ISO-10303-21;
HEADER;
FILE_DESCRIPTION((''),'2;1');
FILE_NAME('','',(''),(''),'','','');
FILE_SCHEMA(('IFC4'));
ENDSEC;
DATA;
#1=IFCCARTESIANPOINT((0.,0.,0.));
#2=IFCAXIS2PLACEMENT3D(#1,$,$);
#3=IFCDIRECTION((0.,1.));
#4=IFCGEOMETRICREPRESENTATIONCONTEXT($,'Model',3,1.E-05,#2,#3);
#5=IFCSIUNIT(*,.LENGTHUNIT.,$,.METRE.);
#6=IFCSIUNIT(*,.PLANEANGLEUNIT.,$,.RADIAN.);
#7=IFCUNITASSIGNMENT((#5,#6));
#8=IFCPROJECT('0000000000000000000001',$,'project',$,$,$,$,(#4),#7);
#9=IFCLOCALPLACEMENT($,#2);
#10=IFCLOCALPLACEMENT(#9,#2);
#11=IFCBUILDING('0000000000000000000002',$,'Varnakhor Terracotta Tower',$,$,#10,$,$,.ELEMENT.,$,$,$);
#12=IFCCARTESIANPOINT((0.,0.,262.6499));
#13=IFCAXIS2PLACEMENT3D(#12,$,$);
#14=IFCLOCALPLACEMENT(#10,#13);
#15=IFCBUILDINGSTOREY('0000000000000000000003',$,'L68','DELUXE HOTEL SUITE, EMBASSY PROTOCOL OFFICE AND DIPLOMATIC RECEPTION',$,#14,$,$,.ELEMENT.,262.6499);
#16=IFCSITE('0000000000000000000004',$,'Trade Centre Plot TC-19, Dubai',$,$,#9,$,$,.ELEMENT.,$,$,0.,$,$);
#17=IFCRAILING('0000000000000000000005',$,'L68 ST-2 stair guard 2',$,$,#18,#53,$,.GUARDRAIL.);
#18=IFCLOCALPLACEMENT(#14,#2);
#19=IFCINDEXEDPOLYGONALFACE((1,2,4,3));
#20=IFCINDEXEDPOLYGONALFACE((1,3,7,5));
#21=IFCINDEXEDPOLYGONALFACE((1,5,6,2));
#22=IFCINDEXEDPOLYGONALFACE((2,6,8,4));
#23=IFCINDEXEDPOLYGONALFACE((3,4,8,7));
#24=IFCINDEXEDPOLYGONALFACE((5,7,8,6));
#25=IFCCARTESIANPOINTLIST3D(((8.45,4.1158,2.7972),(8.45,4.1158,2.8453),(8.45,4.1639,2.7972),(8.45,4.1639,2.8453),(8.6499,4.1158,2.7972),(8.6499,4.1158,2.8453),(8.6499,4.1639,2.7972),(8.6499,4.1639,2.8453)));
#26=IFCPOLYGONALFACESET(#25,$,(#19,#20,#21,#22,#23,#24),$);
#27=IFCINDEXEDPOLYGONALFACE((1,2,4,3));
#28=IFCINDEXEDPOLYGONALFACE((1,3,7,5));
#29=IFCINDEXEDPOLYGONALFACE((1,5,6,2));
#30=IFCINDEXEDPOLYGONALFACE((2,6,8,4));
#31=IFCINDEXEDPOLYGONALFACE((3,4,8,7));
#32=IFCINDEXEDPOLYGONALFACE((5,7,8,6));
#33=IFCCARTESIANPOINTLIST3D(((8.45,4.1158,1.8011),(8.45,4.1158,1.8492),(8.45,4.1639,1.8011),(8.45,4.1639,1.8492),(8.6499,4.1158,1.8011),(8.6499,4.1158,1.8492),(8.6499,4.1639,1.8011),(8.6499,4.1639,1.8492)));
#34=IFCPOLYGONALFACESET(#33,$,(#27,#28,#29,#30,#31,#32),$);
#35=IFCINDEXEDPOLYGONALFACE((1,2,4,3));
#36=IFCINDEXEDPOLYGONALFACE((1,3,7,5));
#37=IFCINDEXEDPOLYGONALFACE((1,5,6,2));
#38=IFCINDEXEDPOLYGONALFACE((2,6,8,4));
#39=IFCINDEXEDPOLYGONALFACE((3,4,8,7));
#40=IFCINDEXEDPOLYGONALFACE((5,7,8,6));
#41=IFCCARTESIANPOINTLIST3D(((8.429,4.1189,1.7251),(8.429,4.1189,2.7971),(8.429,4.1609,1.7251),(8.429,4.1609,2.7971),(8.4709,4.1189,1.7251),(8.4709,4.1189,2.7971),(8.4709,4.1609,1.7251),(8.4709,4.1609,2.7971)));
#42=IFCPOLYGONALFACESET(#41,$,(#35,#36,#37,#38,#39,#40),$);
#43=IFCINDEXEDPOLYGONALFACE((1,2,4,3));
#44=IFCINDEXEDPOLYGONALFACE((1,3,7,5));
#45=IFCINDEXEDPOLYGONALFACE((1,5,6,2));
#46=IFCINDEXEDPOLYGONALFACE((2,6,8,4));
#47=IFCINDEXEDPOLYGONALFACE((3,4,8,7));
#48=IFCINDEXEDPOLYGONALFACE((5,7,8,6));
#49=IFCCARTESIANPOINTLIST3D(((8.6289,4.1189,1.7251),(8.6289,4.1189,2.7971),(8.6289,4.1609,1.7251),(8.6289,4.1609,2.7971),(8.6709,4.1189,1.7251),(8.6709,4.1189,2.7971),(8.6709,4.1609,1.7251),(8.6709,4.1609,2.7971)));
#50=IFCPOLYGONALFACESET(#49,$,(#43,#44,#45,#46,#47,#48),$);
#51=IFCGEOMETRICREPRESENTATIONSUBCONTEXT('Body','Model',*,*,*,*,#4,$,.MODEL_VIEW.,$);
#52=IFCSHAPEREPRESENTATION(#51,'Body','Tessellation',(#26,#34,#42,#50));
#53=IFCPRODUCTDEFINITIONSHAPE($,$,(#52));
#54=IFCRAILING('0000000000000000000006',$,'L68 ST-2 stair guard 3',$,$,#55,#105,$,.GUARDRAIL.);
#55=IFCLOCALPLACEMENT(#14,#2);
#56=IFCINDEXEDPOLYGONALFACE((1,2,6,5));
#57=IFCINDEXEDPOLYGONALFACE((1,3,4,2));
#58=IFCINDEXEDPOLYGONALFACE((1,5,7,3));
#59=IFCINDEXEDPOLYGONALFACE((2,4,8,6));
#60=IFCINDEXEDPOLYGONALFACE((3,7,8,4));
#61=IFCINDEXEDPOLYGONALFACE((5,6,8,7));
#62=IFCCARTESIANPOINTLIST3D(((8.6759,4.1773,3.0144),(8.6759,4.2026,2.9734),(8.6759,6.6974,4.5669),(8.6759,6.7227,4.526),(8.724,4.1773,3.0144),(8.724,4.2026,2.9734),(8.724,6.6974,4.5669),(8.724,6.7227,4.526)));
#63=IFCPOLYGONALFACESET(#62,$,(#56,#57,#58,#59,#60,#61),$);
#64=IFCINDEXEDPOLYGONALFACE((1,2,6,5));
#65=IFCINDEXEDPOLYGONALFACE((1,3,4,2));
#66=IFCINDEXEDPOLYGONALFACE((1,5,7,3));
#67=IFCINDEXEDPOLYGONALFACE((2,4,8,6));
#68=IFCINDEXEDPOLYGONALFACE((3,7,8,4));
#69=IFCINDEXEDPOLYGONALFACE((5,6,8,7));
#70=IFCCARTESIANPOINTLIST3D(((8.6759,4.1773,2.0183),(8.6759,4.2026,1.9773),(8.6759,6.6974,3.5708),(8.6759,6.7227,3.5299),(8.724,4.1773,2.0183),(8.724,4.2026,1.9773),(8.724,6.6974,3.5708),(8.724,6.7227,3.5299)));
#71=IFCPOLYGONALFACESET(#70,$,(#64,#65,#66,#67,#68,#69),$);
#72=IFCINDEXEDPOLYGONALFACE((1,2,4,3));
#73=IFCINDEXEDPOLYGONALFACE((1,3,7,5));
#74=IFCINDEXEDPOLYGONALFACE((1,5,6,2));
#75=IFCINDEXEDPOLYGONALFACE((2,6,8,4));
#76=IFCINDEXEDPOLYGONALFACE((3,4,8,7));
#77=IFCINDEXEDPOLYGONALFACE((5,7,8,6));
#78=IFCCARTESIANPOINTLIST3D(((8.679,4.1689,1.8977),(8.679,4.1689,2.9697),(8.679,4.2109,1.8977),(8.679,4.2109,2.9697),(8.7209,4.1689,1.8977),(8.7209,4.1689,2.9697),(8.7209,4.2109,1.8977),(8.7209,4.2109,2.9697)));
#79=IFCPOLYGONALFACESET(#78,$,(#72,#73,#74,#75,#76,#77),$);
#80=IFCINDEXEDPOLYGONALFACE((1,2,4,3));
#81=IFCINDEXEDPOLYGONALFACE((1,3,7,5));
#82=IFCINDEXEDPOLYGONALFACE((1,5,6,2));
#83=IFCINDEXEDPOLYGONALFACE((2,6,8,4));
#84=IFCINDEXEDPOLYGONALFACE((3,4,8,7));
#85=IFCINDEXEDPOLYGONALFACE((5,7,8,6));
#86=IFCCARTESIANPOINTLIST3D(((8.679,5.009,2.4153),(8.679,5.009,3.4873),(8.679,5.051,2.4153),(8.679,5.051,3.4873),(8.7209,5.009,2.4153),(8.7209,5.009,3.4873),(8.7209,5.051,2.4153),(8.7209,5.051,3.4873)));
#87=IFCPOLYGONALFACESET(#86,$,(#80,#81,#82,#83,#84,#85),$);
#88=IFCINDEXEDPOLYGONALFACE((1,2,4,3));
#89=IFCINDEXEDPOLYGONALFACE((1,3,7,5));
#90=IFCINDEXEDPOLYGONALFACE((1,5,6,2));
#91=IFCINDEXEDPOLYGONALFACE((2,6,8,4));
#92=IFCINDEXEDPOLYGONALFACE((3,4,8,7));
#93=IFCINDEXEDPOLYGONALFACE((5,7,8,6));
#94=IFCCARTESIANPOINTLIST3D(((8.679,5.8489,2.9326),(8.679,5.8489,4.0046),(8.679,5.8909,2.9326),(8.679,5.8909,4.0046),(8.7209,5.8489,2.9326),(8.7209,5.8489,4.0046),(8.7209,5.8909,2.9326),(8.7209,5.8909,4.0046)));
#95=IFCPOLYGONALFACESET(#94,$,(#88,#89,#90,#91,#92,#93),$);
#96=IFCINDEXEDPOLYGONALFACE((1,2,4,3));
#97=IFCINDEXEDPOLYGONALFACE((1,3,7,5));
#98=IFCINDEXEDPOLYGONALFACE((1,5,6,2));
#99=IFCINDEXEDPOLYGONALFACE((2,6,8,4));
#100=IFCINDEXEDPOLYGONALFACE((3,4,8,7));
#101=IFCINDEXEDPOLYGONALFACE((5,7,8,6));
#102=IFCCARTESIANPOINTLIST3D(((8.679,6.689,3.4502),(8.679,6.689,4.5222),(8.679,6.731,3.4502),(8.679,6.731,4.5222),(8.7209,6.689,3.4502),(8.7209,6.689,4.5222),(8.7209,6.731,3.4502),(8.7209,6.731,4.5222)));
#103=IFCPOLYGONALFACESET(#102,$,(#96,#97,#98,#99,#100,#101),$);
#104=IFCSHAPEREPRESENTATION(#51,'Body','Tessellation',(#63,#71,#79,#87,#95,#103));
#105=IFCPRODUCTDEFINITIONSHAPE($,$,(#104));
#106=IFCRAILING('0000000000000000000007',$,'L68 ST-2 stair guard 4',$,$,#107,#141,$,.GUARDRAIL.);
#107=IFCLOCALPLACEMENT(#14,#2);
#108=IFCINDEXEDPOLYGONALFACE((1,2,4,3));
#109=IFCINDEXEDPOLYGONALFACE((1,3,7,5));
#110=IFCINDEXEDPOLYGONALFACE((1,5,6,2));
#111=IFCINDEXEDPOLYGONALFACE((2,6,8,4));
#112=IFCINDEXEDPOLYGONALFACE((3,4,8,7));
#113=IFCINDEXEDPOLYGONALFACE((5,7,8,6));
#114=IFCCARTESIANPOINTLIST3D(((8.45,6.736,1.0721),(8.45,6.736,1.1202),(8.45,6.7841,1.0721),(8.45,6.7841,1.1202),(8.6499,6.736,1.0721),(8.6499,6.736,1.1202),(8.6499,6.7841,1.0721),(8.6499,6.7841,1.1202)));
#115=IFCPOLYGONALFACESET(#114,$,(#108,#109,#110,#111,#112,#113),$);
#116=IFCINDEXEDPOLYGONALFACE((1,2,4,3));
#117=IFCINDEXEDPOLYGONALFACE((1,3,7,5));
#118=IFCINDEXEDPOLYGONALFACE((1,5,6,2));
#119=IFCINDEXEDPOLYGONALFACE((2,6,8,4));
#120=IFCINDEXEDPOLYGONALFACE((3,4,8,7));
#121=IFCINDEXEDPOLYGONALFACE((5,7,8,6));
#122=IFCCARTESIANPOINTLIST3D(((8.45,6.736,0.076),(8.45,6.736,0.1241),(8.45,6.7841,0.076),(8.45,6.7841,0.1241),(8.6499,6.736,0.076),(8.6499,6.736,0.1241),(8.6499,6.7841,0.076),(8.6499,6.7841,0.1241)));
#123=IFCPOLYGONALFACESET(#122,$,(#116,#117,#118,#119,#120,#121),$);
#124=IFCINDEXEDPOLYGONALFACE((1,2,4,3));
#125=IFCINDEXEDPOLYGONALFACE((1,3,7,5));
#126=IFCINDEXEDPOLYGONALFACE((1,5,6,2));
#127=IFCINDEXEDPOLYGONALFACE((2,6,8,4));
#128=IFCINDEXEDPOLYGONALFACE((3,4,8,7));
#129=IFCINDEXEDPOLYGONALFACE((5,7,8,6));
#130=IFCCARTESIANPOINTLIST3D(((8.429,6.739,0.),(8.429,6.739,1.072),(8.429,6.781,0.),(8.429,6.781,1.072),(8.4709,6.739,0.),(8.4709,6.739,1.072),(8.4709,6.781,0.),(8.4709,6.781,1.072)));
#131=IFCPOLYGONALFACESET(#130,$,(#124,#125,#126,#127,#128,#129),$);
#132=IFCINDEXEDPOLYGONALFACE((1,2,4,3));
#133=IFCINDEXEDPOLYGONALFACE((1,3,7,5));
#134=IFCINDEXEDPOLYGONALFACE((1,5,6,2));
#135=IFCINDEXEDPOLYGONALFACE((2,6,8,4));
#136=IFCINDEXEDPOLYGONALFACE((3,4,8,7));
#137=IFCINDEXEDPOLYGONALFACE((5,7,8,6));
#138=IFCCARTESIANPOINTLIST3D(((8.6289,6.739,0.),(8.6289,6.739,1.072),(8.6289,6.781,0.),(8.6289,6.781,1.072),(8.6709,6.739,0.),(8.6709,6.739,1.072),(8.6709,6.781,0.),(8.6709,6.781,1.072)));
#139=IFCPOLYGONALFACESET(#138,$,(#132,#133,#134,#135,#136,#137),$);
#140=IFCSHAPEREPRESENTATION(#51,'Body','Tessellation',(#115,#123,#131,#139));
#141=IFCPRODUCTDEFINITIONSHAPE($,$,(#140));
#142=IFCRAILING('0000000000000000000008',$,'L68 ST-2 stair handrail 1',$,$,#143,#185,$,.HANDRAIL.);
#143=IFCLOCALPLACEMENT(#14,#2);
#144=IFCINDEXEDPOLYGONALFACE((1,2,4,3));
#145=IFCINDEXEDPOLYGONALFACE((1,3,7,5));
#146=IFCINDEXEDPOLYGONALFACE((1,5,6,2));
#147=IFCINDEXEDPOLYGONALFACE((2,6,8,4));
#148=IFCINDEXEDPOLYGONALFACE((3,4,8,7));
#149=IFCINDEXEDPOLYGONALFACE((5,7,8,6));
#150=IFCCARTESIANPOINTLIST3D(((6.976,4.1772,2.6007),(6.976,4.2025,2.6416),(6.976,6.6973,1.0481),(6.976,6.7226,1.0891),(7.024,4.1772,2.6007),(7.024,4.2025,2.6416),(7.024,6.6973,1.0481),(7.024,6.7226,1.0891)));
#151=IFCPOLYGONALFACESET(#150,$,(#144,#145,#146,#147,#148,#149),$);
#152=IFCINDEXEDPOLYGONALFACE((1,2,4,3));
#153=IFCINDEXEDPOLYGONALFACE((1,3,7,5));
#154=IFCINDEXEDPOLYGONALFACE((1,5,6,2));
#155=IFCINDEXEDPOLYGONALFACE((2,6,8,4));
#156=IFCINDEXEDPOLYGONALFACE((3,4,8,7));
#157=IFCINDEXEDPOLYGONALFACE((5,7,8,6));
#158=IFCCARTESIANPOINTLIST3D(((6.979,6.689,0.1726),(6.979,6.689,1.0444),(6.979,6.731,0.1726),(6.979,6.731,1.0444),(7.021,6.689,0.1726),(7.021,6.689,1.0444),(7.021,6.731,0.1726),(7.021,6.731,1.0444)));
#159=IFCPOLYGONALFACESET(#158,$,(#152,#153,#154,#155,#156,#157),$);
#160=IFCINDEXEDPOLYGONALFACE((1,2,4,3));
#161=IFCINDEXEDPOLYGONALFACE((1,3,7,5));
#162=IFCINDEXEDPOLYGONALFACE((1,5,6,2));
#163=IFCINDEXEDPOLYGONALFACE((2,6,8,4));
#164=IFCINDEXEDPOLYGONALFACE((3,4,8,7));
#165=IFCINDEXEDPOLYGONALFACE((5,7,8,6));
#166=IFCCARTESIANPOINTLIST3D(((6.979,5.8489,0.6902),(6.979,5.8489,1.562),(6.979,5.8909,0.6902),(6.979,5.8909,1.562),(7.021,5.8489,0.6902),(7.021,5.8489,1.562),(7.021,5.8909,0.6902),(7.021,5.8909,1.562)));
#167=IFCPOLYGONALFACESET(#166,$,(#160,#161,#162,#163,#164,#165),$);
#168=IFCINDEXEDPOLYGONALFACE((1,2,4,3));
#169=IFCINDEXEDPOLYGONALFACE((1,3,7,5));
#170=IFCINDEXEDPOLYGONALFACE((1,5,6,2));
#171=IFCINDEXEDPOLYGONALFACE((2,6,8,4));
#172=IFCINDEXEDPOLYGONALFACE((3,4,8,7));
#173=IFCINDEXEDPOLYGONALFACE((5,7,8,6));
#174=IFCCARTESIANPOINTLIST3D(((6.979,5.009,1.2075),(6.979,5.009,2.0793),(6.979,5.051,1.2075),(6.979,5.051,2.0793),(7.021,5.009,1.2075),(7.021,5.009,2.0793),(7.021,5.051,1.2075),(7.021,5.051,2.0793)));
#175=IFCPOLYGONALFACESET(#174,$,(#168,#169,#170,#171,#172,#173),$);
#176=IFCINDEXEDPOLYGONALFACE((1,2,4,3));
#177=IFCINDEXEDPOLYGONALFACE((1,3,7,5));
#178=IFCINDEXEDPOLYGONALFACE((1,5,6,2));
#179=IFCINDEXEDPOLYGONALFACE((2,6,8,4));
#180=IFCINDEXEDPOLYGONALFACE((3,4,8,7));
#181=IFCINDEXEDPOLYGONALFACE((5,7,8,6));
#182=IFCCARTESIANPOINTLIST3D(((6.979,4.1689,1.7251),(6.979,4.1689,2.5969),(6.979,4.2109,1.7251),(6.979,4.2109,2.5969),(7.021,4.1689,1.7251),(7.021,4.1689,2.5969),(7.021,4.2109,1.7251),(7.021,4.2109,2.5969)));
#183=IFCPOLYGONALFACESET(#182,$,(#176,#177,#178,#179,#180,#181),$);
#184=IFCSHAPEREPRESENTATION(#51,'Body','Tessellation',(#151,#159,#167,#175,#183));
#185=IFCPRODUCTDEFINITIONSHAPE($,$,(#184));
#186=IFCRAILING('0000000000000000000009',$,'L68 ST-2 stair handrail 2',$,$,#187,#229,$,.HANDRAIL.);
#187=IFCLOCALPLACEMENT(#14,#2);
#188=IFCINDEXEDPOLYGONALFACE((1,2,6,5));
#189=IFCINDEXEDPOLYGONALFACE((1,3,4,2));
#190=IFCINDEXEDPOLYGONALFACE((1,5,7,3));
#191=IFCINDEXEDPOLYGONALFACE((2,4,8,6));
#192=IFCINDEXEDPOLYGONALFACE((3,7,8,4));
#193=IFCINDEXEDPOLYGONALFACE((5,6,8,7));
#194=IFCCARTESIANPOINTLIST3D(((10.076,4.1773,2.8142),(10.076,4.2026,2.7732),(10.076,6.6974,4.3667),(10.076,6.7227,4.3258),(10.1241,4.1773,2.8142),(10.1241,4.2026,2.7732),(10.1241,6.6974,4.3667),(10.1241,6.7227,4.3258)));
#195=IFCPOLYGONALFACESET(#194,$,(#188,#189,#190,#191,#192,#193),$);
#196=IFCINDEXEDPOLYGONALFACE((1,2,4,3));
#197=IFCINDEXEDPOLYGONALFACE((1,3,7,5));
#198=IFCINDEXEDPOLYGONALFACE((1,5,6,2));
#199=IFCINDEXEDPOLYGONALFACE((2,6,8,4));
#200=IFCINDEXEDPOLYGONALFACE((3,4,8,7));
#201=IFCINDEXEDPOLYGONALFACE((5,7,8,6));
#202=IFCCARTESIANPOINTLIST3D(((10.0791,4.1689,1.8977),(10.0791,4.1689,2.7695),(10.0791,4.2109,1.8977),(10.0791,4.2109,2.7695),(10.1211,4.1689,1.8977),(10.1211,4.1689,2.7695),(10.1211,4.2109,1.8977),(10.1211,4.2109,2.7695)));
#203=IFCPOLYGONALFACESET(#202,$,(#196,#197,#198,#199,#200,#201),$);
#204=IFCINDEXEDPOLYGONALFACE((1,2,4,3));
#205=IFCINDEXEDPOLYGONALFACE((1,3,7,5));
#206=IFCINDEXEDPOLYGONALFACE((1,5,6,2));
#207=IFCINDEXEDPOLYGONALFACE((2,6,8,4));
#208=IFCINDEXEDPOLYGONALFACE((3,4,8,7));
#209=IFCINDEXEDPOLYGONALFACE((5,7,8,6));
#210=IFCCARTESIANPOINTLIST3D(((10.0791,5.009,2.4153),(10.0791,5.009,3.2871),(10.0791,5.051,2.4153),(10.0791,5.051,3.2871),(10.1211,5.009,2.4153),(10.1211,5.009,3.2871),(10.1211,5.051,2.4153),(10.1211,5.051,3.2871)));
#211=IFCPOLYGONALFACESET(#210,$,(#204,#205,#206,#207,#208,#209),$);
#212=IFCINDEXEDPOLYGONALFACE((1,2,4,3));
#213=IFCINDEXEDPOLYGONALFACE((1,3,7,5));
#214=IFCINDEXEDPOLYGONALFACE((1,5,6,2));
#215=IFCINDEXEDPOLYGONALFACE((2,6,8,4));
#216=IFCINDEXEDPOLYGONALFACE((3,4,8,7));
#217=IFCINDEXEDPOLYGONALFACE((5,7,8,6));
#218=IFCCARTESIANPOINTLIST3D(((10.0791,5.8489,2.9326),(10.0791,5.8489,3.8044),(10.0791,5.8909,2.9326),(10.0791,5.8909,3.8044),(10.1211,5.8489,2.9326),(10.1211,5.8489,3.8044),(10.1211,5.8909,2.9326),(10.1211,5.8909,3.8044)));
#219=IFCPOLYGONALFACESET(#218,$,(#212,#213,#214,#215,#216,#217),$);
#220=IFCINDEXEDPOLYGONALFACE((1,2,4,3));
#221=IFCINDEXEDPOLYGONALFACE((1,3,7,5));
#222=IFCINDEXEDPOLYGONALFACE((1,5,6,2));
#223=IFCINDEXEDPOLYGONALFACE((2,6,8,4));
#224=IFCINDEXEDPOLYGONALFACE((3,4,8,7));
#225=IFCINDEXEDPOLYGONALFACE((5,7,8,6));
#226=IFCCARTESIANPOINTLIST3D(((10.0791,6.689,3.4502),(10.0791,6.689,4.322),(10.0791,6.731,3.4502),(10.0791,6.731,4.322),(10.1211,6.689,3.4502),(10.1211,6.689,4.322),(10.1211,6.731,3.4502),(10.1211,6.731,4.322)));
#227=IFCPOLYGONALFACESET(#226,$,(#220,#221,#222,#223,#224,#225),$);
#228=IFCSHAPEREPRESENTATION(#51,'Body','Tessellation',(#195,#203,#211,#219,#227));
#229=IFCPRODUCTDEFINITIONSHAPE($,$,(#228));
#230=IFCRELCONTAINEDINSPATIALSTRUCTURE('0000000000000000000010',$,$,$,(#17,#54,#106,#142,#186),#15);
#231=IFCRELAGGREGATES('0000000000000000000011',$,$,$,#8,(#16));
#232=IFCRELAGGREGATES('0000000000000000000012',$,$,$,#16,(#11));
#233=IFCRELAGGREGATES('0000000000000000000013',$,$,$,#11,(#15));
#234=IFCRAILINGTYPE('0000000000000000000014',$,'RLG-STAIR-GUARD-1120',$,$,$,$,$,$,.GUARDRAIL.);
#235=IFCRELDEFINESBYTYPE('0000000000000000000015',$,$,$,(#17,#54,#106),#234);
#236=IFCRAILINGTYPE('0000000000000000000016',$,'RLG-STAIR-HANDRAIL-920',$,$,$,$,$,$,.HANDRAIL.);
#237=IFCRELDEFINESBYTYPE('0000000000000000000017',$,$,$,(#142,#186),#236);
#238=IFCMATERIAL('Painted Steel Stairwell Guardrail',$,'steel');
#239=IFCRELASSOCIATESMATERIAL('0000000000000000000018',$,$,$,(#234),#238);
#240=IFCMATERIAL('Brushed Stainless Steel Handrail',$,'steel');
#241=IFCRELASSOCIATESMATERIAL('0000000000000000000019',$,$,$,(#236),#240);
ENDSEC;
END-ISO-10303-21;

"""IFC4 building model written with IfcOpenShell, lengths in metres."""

from ifc_helpers import new_model, si_unit, direction, frame, origin, origin_2d, place, context, subcontext, project, spatial, rectangle, extrude, material, type_object, element, save


model = new_model("IFC4")

# Units and contexts
model_context = context("Model", 3, precision=1e-05, world=origin(), true_north=direction((0.0, 1.0)))
body_context = subcontext(model_context, "Body", "Model", "MODEL_VIEW")
ifc_project = project(units=[si_unit("LENGTHUNIT", "METRE"), si_unit("PLANEANGLEUNIT", "RADIAN")], contexts=[model_context])

# Site, building, storey
site_placement = place(None, origin())
site = spatial("IfcSite", under=ifc_project, at=site_placement, Name="Trade Centre Plot TC-19, Dubai", CompositionType="ELEMENT", RefElevation=0.0)
building_placement = place(site_placement, origin())
building = spatial("IfcBuilding", under=site, at=building_placement, Name="Varnakhor Terracotta Tower", CompositionType="ELEMENT")
storey_placement = place(building_placement, frame((0.0, 0.0, 262.6499)))
storey = spatial("IfcBuildingStorey", under=building, at=storey_placement, Name="L68", Description="DELUXE HOTEL SUITE, EMBASSY PROTOCOL OFFICE AND DIPLOMATIC RECEPTION", CompositionType="ELEMENT", Elevation=262.6499)

# Railings
ifc_material_1 = material(Name="Painted Steel Stairwell Guardrail", Category="steel")
railing_type_1 = type_object("IfcRailingType", Name="RLG-STAIR-GUARD-1120", PredefinedType="GUARDRAIL", material=ifc_material_1)
railing_1_placement = place(storey_placement, frame((8.45, 4.1399, 1.7251)))
element("IfcRailing", 1, at=railing_1_placement, inside=storey, type_object=railing_type_1, Name="L68 ST-2 stair guard 2", PredefinedType="GUARDRAIL", context=body_context, shape_type="SweptSolid", body=[
    extrude(rectangle(XDim=0.0481, YDim=0.0481, at=origin_2d()), frame((0.0, 0.0, 1.0962), z_axis=(1.0, 0.0, 0.0), x_axis=(0.0, 1.0, 0.0)), (0.0, 0.0, 1.0), 0.2),
    extrude(rectangle(XDim=0.0481, YDim=0.0481, at=origin_2d()), frame((0.0, 0.0, 0.1001), z_axis=(1.0, 0.0, 0.0), x_axis=(0.0, 1.0, 0.0)), (0.0, 0.0, 1.0), 0.2),
    extrude(rectangle(XDim=0.042, YDim=0.042, at=origin_2d()), origin(), (0.0, 0.0, 1.0), 1.072),
    extrude(rectangle(XDim=0.042, YDim=0.042, at=origin_2d()), frame((0.2, 0.0, 0.0)), (0.0, 0.0, 1.0), 1.072),
])
railing_2_placement = place(storey_placement, frame((8.7, 4.1899, 1.8977)))
element("IfcRailing", 2, at=railing_2_placement, inside=storey, type_object=railing_type_1, Name="L68 ST-2 stair guard 3", PredefinedType="GUARDRAIL", context=body_context, shape_type="SweptSolid", body=[
    extrude(rectangle(XDim=0.0481, YDim=0.0481, at=origin_2d()), frame((0.0, 0.0, 1.0962), z_axis=(0.0, 0.8514, 0.524516), x_axis=(-1.0, 0.0, 0.0)), (0.0, 0.0, 1.0), 2.96),
    extrude(rectangle(XDim=0.0481, YDim=0.0481, at=origin_2d()), frame((0.0, 0.0, 0.1001), z_axis=(0.0, 0.8514, 0.524516), x_axis=(-1.0, 0.0, 0.0)), (0.0, 0.0, 1.0), 2.96),
    extrude(rectangle(XDim=0.042, YDim=0.042, at=origin_2d()), origin(), (0.0, 0.0, 1.0), 1.072),
    extrude(rectangle(XDim=0.042, YDim=0.042, at=origin_2d()), frame((0.0, 0.8401, 0.5176)), (0.0, 0.0, 1.0), 1.072),
    extrude(rectangle(XDim=0.042, YDim=0.042, at=origin_2d()), frame((0.0, 1.6799, 1.0349)), (0.0, 0.0, 1.0), 1.072),
    extrude(rectangle(XDim=0.042, YDim=0.042, at=origin_2d()), frame((0.0, 2.52, 1.5525)), (0.0, 0.0, 1.0), 1.072),
])
railing_3_placement = place(storey_placement, frame((8.45, 6.76, 0.0)))
element("IfcRailing", 3, at=railing_3_placement, inside=storey, type_object=railing_type_1, Name="L68 ST-2 stair guard 4", PredefinedType="GUARDRAIL", context=body_context, shape_type="SweptSolid", body=[
    extrude(rectangle(XDim=0.0481, YDim=0.0481, at=origin_2d()), frame((0.0, 0.0, 1.0962), z_axis=(1.0, 0.0, 0.0), x_axis=(0.0, 1.0, 0.0)), (0.0, 0.0, 1.0), 0.2),
    extrude(rectangle(XDim=0.0481, YDim=0.0481, at=origin_2d()), frame((0.0, 0.0, 0.1001), z_axis=(1.0, 0.0, 0.0), x_axis=(0.0, 1.0, 0.0)), (0.0, 0.0, 1.0), 0.2),
    extrude(rectangle(XDim=0.042, YDim=0.042, at=origin_2d()), origin(), (0.0, 0.0, 1.0), 1.072),
    extrude(rectangle(XDim=0.042, YDim=0.042, at=origin_2d()), frame((0.2, 0.0, 0.0)), (0.0, 0.0, 1.0), 1.072),
])
ifc_material_2 = material(Name="Brushed Stainless Steel Handrail", Category="steel")
railing_type_2 = type_object("IfcRailingType", Name="RLG-STAIR-HANDRAIL-920", PredefinedType="HANDRAIL", material=ifc_material_2)
railing_4_placement = place(storey_placement, frame((7.0, 6.71, 0.1726)))
element("IfcRailing", 4, at=railing_4_placement, inside=storey, type_object=railing_type_2, Name="L68 ST-2 stair handrail 1", PredefinedType="HANDRAIL", context=body_context, shape_type="SweptSolid", body=[
    extrude(rectangle(XDim=0.0481, YDim=0.0481, at=origin_2d()), frame((0.0, 0.0, 0.896), z_axis=(0.0, -0.8514, 0.524516), x_axis=(1.0, 0.0, 0.0)), (0.0, 0.0, 1.0), 2.96),
    extrude(rectangle(XDim=0.042, YDim=0.042, at=origin_2d()), origin(), (0.0, 0.0, 1.0), 0.8718),
    extrude(rectangle(XDim=0.042, YDim=0.042, at=origin_2d()), frame((0.0, -0.8401, 0.5176)), (0.0, 0.0, 1.0), 0.8718),
    extrude(rectangle(XDim=0.042, YDim=0.042, at=origin_2d()), frame((0.0, -1.6799, 1.0349)), (0.0, 0.0, 1.0), 0.8718),
    extrude(rectangle(XDim=0.042, YDim=0.042, at=origin_2d()), frame((0.0, -2.52, 1.5525)), (0.0, 0.0, 1.0), 0.8718),
])
railing_5_placement = place(storey_placement, frame((10.1001, 4.1899, 1.8977)))
element("IfcRailing", 5, at=railing_5_placement, inside=storey, type_object=railing_type_2, Name="L68 ST-2 stair handrail 2", PredefinedType="HANDRAIL", context=body_context, shape_type="SweptSolid", body=[
    extrude(rectangle(XDim=0.0481, YDim=0.0481, at=origin_2d()), frame((0.0, 0.0, 0.896), z_axis=(0.0, 0.8514, 0.524516), x_axis=(-1.0, 0.0, 0.0)), (0.0, 0.0, 1.0), 2.96),
    extrude(rectangle(XDim=0.042, YDim=0.042, at=origin_2d()), origin(), (0.0, 0.0, 1.0), 0.8718),
    extrude(rectangle(XDim=0.042, YDim=0.042, at=origin_2d()), frame((0.0, 0.8401, 0.5176)), (0.0, 0.0, 1.0), 0.8718),
    extrude(rectangle(XDim=0.042, YDim=0.042, at=origin_2d()), frame((0.0, 1.6799, 1.0349)), (0.0, 0.0, 1.0), 0.8718),
    extrude(rectangle(XDim=0.042, YDim=0.042, at=origin_2d()), frame((0.0, 2.52, 1.5525)), (0.0, 0.0, 1.0), 0.8718),
])

save(model, "model.ifc")
